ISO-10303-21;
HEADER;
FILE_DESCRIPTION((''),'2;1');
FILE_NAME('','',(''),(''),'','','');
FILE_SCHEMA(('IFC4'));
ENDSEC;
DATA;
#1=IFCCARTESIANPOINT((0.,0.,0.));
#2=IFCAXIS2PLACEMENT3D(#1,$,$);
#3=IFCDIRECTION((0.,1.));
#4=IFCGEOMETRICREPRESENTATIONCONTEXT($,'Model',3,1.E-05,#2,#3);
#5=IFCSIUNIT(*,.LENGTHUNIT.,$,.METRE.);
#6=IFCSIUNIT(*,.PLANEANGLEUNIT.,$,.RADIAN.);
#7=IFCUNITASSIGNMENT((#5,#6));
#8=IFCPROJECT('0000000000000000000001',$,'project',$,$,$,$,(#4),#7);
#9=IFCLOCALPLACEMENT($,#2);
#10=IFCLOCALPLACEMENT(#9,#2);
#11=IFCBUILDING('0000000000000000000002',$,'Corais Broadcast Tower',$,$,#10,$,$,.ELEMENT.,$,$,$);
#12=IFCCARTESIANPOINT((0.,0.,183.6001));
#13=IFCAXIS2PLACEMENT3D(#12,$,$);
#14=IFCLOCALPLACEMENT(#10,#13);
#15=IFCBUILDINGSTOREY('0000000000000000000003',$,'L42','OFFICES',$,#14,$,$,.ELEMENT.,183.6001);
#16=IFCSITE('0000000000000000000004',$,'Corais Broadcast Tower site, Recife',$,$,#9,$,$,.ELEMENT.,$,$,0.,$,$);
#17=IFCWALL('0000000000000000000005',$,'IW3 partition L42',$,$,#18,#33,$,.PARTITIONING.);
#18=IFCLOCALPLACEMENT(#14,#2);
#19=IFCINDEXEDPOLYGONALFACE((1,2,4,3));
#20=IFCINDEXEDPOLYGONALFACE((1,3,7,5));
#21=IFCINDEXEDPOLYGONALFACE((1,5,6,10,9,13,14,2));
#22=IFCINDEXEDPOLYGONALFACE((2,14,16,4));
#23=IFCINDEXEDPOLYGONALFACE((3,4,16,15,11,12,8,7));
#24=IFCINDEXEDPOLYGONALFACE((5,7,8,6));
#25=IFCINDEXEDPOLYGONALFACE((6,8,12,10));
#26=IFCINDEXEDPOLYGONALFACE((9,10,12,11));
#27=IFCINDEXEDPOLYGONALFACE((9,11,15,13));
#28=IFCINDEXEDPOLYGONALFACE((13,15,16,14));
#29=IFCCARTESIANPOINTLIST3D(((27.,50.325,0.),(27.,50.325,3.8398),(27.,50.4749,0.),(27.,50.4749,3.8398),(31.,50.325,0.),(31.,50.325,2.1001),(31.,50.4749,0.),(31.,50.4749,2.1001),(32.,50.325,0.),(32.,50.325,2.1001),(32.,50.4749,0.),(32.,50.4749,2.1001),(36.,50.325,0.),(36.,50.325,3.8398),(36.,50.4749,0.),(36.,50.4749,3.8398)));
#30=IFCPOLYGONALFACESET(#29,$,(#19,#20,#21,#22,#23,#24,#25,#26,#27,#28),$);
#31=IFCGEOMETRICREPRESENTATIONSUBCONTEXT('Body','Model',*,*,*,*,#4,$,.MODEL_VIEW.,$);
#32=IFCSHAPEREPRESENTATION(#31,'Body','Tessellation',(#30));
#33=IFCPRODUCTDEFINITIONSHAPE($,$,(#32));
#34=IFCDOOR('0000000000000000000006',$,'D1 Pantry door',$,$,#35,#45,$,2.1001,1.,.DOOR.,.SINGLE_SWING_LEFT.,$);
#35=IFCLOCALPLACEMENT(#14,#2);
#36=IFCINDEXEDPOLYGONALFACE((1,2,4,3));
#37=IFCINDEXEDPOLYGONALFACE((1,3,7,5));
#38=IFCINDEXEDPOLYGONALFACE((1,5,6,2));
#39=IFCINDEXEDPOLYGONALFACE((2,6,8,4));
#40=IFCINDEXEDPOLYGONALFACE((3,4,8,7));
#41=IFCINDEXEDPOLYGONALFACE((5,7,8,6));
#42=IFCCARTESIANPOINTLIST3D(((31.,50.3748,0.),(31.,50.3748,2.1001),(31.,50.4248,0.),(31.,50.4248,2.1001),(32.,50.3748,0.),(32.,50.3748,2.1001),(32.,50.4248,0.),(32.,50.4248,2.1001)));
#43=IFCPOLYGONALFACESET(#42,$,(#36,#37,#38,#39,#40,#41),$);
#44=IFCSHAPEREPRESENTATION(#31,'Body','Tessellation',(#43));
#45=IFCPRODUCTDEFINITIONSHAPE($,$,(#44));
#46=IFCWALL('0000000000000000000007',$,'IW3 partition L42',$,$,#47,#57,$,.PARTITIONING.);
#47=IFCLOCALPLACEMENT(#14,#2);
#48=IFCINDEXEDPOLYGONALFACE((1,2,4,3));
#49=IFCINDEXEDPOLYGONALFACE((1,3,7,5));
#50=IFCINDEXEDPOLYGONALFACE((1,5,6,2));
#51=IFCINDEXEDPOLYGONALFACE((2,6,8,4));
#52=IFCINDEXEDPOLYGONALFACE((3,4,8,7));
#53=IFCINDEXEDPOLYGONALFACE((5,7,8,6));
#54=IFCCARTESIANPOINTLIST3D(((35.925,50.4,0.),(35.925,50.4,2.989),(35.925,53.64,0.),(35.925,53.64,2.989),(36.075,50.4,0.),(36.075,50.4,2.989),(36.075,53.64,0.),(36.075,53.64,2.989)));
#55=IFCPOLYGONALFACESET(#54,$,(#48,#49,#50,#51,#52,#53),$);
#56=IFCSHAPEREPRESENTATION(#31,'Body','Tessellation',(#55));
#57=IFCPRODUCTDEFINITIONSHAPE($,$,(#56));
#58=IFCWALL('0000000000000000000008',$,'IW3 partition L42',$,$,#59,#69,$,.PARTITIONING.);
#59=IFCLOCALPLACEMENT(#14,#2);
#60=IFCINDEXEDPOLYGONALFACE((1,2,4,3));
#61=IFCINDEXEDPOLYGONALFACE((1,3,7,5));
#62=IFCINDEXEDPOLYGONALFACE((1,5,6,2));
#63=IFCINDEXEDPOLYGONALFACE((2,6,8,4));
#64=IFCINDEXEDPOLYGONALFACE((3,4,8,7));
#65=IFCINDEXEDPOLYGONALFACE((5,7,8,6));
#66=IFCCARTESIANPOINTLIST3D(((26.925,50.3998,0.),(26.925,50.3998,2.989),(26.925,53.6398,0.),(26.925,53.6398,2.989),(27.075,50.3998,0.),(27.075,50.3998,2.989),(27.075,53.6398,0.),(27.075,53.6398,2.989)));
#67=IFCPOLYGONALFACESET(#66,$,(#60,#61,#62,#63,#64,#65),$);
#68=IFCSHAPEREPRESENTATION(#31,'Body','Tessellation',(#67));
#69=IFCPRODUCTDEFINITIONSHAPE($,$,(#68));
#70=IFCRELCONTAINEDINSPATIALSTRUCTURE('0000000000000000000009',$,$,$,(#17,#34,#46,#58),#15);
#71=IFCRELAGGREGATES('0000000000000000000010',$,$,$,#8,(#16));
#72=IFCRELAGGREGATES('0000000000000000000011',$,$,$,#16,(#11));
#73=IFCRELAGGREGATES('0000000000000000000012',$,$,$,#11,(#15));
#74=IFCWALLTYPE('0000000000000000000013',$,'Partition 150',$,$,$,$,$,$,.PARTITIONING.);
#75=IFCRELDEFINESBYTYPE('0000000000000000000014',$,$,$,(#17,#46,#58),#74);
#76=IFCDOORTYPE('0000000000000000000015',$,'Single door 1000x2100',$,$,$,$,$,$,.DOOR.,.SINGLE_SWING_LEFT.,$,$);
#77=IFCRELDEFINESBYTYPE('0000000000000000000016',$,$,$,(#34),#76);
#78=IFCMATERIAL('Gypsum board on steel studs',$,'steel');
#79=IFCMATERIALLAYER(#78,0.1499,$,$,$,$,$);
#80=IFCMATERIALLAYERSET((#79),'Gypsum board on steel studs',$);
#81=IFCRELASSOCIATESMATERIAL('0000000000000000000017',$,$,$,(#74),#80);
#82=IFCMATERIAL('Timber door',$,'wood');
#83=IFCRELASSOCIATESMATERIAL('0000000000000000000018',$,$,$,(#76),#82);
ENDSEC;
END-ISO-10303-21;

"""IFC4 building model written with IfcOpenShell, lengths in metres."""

from ifc_helpers import new_model, si_unit, direction, frame, frame_2d, origin, place, context, subcontext, project, spatial, rectangle, extrude, material, layer, layer_set, type_object, element, fill, save


model = new_model("IFC4")

# Units and contexts
model_context = context("Model", 3, precision=1e-05, world=origin(), true_north=direction((0.0, 1.0)))
body_context = subcontext(model_context, "Body", "Model", "MODEL_VIEW")
ifc_project = project(units=[si_unit("LENGTHUNIT", "METRE"), si_unit("PLANEANGLEUNIT", "RADIAN")], contexts=[model_context])

# Site, building, storey
site_placement = place(None, origin())
site = spatial("IfcSite", under=ifc_project, at=site_placement, Name="Corais Broadcast Tower site, Recife", CompositionType="ELEMENT", RefElevation=0.0)
building_placement = place(site_placement, origin())
building = spatial("IfcBuilding", under=site, at=building_placement, Name="Corais Broadcast Tower", CompositionType="ELEMENT")
storey_placement = place(building_placement, frame((0.0, 0.0, 183.6001)))
storey = spatial("IfcBuildingStorey", under=building, at=storey_placement, Name="L42", Description="OFFICES", CompositionType="ELEMENT", Elevation=183.6001)

# Wall, opening, door
ifc_material_1 = material(Name="Gypsum board on steel studs", Category="steel")
ifc_layer_1 = layer(ifc_material_1, 0.1499)
ifc_layer_set_1 = layer_set([ifc_layer_1], Name="Gypsum board on steel studs")
wall_type = type_object("IfcWallType", Name="Partition 150", PredefinedType="PARTITIONING", material=ifc_layer_set_1)
ifc_material_2 = material(Name="Timber door", Category="wood")
door_type = type_object("IfcDoorType", Name="Single door 1000x2100", OperationType="SINGLE_SWING_LEFT", PredefinedType="DOOR", material=ifc_material_2)
wall_1_placement = place(storey_placement, frame((27.0, 50.3999, 0.0), z_axis=(0.0, 0.0, 1.0), x_axis=(1.0, 0.0, 0.0)))
wall_1 = element("IfcWall", 1, at=wall_1_placement, inside=storey, type_object=wall_type, Name="IW3 partition L42", PredefinedType="PARTITIONING", context=body_context, shape_type="SweptSolid", body=[
    extrude(rectangle(XDim=9.0, YDim=0.1499, at=frame_2d((4.5, 0.0))), origin(), (0.0, 0.0, 1.0), 3.8398),
])
opening_1_placement = place(wall_1_placement, frame((4.0, 0.0, 0.0)))
opening_1 = element("IfcOpeningElement", 2, at=opening_1_placement, cuts=wall_1, PredefinedType="OPENING", context=body_context, shape_type="SweptSolid", body=[
    extrude(rectangle(XDim=1.0, YDim=2.1001, at=frame_2d((0.5, 1.05))), frame((0.0, 0.085, 0.0), z_axis=(0.0, -1.0, 0.0), x_axis=(1.0, 0.0, 0.0)), (0.0, 0.0, 1.0), 0.1699),
])
door_1_placement = place(opening_1_placement, origin())
door_1 = element("IfcDoor", 3, at=door_1_placement, inside=storey, type_object=door_type, Name="D1 Pantry door", OperationType="SINGLE_SWING_LEFT", OverallHeight=2.1001, OverallWidth=1.0, PredefinedType="DOOR", context=body_context, shape_type="SweptSolid", body=[
    extrude(rectangle(XDim=1.0, YDim=2.1001, at=frame_2d((0.5, 1.05))), frame((0.0, 0.0249, 0.0), z_axis=(0.0, -1.0, 0.0), x_axis=(1.0, 0.0, 0.0)), (0.0, 0.0, 1.0), 0.05),
])
fill(opening_1, door_1)

# Walls
for number, where, z_axis, x_axis, name in (
    (4, (36.0, 50.3999, 0.0), (0.0, 0.0, 1.0), (0.0, 1.0, 0.0), "IW3 partition L42"),
    (5, (27.0, 53.6399, 0.0), (0.0, 0.0, 1.0), (0.0, -1.0, 0.0), "IW3 partition L42"),
):
    element("IfcWall", number, at=place(storey_placement, frame(where, z_axis=z_axis, x_axis=x_axis)), inside=storey, type_object=wall_type, Name=name, PredefinedType="PARTITIONING", context=body_context, shape_type="SweptSolid", body=[
        extrude(rectangle(XDim=3.24, YDim=0.1499, at=frame_2d((1.6201, 0.0))), origin(), (0.0, 0.0, 1.0), 2.989),
    ])

save(model, "model.ifc")
